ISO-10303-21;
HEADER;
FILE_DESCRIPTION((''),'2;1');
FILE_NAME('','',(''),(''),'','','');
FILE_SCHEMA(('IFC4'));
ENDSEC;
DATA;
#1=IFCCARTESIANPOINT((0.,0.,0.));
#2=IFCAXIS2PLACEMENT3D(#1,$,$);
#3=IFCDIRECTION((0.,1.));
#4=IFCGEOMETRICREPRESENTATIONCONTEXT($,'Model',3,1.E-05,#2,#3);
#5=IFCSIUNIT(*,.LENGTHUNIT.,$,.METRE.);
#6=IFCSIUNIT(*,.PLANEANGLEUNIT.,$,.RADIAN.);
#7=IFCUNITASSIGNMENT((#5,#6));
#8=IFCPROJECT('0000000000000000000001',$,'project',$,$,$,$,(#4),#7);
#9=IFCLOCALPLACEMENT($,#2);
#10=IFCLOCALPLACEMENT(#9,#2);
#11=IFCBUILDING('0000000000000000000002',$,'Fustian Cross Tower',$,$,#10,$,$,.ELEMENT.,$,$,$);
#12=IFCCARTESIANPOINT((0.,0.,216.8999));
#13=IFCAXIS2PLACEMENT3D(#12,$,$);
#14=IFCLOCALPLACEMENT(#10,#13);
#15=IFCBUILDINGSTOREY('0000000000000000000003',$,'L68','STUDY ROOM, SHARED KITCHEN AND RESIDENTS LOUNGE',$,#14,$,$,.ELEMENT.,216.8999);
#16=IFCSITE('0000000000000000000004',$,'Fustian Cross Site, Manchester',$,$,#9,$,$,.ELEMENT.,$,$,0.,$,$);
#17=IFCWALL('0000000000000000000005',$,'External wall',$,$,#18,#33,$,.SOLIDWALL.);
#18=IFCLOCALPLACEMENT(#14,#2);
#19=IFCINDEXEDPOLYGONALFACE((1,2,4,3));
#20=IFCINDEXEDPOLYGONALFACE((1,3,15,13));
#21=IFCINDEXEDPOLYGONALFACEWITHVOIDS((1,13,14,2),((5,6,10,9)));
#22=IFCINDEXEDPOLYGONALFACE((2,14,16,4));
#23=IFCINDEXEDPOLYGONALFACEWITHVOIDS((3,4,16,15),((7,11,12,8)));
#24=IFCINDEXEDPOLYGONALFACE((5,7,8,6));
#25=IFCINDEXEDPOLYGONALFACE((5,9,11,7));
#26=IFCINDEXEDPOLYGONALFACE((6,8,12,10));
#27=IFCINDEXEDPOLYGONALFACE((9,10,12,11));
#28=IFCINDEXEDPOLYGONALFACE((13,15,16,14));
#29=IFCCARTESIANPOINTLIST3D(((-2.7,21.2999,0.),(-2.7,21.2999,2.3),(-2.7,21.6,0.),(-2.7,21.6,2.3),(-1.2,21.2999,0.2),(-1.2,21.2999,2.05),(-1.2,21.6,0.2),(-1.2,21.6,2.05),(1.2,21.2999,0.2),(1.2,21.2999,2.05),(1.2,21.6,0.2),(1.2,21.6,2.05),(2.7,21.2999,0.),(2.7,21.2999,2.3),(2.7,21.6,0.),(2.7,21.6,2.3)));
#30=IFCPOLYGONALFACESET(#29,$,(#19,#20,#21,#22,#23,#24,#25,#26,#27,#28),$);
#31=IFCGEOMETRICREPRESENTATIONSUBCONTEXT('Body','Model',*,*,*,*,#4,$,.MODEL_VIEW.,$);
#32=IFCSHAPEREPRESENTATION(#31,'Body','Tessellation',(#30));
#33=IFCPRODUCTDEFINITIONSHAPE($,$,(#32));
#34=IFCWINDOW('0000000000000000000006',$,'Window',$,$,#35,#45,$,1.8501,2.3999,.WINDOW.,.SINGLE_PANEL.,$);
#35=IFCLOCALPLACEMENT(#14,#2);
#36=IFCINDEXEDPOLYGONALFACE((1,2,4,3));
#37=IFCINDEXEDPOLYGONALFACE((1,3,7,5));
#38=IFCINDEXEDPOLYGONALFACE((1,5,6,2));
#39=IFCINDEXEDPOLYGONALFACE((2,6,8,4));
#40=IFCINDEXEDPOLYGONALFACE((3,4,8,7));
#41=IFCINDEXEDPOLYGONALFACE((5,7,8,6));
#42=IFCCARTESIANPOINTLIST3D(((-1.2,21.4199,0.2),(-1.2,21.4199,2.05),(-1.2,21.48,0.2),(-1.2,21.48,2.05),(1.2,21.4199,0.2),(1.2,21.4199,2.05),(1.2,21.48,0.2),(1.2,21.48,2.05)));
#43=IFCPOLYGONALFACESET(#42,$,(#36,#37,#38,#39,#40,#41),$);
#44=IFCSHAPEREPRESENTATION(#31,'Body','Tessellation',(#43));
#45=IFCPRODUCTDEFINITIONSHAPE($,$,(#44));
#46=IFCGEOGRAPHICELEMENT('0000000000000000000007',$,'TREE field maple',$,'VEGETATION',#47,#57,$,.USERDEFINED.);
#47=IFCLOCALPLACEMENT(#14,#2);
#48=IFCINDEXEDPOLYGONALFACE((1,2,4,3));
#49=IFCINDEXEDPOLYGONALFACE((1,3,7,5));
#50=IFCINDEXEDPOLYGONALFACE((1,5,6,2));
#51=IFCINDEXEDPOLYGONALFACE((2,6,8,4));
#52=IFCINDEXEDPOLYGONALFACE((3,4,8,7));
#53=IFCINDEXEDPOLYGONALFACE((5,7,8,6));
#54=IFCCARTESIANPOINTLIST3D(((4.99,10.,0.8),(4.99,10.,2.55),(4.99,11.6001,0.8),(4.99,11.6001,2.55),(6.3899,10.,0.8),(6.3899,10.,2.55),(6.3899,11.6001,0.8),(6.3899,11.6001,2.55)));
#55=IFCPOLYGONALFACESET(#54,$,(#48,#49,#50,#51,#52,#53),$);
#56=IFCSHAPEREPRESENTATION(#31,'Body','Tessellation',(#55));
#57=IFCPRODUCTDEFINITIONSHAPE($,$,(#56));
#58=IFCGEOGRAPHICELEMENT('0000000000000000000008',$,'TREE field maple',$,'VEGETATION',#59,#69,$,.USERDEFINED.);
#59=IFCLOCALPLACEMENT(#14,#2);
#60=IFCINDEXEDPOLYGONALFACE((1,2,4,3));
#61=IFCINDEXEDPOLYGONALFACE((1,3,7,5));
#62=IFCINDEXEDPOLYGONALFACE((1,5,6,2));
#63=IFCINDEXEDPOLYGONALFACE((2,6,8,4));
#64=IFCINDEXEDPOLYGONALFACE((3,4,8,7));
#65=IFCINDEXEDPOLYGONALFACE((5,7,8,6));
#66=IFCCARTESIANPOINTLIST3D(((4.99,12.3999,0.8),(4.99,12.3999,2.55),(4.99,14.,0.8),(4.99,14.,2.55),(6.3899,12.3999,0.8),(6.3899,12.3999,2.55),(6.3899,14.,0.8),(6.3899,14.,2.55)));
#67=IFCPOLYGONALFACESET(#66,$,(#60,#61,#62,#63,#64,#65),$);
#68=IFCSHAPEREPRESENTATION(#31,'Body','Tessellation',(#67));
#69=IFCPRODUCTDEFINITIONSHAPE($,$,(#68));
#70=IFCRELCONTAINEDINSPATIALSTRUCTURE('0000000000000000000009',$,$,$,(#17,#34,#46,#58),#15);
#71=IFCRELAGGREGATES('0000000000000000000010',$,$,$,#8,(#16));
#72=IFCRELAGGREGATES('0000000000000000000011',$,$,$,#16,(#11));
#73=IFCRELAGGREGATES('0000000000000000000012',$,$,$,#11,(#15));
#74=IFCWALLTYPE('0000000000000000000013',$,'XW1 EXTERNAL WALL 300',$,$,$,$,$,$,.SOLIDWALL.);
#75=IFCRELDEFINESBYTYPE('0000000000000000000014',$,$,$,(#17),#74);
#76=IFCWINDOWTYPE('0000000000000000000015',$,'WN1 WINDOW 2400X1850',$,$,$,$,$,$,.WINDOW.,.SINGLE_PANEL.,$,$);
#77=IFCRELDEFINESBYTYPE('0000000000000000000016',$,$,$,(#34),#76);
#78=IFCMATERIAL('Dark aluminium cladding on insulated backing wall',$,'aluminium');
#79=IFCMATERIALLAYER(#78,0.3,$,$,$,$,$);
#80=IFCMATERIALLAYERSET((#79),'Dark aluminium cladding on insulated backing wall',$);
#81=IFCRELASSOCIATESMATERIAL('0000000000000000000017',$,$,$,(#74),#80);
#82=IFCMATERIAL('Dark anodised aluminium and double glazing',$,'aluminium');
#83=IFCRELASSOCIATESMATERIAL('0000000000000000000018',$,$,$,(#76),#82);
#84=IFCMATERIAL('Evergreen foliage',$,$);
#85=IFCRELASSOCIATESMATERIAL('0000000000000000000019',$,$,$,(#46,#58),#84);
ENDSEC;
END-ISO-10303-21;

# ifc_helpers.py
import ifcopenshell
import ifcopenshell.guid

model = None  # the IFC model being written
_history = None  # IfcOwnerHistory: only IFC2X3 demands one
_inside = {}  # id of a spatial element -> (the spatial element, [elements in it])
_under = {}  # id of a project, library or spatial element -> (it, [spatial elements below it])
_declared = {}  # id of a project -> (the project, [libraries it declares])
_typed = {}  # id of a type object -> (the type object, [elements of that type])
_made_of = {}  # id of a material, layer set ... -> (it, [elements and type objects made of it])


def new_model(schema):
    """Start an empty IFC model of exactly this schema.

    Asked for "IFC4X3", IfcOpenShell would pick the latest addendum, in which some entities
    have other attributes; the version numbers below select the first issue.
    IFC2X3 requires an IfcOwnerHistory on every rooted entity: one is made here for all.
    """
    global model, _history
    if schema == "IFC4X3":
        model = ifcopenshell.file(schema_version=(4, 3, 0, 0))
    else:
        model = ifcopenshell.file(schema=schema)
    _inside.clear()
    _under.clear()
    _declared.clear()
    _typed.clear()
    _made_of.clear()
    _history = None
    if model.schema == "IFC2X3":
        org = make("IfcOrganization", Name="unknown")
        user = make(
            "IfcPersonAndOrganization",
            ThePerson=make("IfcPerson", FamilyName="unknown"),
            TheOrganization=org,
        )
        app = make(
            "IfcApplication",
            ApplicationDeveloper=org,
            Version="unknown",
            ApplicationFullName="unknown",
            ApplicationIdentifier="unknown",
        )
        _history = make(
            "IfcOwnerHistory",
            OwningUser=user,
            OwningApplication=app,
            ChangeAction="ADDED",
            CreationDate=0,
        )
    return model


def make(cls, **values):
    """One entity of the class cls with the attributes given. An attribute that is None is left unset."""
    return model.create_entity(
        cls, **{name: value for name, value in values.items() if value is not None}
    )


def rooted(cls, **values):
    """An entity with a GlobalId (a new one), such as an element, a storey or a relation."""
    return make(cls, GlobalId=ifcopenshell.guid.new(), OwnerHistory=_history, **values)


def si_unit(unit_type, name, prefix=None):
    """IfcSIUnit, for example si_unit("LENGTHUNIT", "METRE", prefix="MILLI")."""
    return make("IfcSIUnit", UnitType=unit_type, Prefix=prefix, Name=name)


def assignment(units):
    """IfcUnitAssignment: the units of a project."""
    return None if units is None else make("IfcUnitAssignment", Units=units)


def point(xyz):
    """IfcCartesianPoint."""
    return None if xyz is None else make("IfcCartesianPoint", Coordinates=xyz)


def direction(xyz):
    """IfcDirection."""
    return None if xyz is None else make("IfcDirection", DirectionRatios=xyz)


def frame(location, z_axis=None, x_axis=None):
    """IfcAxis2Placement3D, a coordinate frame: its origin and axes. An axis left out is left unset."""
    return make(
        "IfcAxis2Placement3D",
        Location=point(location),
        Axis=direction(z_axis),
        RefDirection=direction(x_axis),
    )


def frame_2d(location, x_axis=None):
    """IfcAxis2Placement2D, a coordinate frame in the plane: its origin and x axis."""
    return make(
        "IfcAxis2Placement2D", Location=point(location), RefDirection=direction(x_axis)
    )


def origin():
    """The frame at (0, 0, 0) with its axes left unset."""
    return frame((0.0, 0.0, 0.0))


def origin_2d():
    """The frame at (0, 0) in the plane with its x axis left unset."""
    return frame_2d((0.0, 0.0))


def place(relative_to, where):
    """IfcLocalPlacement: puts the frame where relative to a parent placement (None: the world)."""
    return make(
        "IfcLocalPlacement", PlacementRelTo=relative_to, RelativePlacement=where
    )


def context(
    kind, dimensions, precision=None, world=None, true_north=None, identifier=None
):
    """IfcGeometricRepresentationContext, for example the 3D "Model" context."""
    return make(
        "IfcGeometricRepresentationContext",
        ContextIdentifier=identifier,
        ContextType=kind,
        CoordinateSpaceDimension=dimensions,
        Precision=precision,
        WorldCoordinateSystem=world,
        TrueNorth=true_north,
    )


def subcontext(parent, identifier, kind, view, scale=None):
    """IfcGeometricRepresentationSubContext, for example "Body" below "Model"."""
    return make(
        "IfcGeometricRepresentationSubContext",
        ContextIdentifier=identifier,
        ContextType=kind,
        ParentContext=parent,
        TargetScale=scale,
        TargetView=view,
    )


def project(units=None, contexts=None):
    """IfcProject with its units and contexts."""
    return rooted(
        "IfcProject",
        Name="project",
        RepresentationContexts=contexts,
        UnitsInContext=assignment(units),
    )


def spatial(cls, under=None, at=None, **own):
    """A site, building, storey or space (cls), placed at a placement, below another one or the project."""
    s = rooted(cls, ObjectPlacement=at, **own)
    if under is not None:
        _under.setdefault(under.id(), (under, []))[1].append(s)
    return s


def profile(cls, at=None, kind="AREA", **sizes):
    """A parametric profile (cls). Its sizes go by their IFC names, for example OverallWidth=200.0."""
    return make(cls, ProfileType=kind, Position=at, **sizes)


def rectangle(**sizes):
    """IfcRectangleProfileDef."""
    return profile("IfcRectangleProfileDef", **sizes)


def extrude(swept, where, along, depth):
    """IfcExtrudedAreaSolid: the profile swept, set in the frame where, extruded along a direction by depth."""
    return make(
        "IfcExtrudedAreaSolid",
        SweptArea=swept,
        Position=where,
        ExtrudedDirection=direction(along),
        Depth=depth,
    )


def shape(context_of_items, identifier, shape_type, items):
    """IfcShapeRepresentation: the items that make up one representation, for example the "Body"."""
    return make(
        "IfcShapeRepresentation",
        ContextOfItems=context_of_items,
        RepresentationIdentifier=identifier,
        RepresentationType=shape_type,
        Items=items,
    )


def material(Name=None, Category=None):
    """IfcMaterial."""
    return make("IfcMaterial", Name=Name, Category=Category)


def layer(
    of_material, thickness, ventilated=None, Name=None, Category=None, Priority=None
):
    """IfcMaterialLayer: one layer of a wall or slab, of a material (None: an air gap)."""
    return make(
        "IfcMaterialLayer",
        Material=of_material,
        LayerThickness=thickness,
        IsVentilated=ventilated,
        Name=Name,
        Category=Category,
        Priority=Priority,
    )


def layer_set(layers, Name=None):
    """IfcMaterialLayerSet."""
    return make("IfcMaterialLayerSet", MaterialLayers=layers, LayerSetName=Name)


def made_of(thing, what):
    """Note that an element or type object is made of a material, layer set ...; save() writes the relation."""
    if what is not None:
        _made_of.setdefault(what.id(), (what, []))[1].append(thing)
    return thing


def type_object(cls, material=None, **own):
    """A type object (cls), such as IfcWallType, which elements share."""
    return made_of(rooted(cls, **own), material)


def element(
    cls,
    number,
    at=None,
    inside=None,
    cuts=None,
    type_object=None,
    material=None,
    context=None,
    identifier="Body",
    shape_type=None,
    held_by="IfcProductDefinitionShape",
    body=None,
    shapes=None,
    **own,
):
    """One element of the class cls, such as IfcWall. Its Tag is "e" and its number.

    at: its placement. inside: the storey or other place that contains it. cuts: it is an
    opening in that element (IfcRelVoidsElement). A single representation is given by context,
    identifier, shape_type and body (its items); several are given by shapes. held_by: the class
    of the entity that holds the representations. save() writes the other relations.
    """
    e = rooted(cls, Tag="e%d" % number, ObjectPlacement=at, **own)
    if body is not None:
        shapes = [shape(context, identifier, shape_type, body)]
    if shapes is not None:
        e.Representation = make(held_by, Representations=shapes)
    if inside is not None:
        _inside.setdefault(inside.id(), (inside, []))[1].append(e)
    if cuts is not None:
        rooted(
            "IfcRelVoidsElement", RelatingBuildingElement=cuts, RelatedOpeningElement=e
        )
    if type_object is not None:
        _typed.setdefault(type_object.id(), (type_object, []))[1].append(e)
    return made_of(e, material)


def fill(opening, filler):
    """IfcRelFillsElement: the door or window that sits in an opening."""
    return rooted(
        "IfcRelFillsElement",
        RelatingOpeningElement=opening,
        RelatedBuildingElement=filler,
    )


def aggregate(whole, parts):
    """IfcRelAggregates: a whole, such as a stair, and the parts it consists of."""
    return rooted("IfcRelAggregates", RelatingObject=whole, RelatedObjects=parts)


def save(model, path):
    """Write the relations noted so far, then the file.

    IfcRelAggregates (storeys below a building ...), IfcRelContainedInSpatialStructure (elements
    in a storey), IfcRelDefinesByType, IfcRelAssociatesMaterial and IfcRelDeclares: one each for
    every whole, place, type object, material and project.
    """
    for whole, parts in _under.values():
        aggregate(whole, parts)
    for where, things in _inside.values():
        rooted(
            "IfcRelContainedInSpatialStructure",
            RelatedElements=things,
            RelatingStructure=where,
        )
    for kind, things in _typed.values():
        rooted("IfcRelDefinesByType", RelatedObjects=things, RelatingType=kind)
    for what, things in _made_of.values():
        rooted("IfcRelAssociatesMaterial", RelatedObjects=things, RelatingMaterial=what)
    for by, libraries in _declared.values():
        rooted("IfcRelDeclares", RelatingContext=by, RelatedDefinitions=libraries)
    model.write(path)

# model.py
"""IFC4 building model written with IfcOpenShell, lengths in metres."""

from ifc_helpers import new_model, si_unit, direction, frame, frame_2d, origin, origin_2d, place, context, subcontext, project, spatial, rectangle, extrude, material, layer, layer_set, type_object, element, fill, save


model = new_model("IFC4")

# Units and contexts
model_context = context("Model", 3, precision=1e-05, world=origin(), true_north=direction((0.0, 1.0)))
body_context = subcontext(model_context, "Body", "Model", "MODEL_VIEW")
ifc_project = project(units=[si_unit("LENGTHUNIT", "METRE"), si_unit("PLANEANGLEUNIT", "RADIAN")], contexts=[model_context])

# Site, building, storey
site_placement = place(None, origin())
site = spatial("IfcSite", under=ifc_project, at=site_placement, Name="Fustian Cross Site, Manchester", CompositionType="ELEMENT", RefElevation=0.0)
building_placement = place(site_placement, origin())
building = spatial("IfcBuilding", under=site, at=building_placement, Name="Fustian Cross Tower", CompositionType="ELEMENT")
storey_placement = place(building_placement, frame((0.0, 0.0, 216.8999)))
storey = spatial("IfcBuildingStorey", under=building, at=storey_placement, Name="L68", Description="STUDY ROOM, SHARED KITCHEN AND RESIDENTS LOUNGE", CompositionType="ELEMENT", Elevation=216.8999)

# Shared definitions
ifc_material_1 = material(Name="Dark aluminium cladding on insulated backing wall", Category="aluminium")
ifc_layer_1 = layer(ifc_material_1, 0.3)
ifc_layer_set_1 = layer_set([ifc_layer_1], Name="Dark aluminium cladding on insulated backing wall")
wall_type_1 = type_object("IfcWallType", Name="XW1 EXTERNAL WALL 300", PredefinedType="SOLIDWALL", material=ifc_layer_set_1)

# Wall, opening, window
wall_1_placement = place(storey_placement, frame((2.7, 21.45, 0.0), z_axis=(0.0, 0.0, 1.0), x_axis=(-1.0, 0.0, 0.0)))
wall_1 = element("IfcWall", 1, at=wall_1_placement, inside=storey, type_object=wall_type_1, Name="External wall", PredefinedType="SOLIDWALL", context=body_context, shape_type="SweptSolid", body=[
    extrude(rectangle(XDim=5.3999, YDim=0.3, at=frame_2d((2.7, 0.0))), origin(), (0.0, 0.0, 1.0), 2.3),
])
opening_1_placement = place(wall_1_placement, frame((1.5, 0.0, 0.2)))
opening_1 = element("IfcOpeningElement", 2, at=opening_1_placement, cuts=wall_1, PredefinedType="OPENING", context=body_context, shape_type="SweptSolid", body=[
    extrude(rectangle(XDim=2.3999, YDim=1.8501, at=frame_2d((1.2, 0.925))), frame((0.0, 0.1599, 0.0), z_axis=(0.0, -1.0, 0.0), x_axis=(1.0, 0.0, 0.0)), (0.0, 0.0, 1.0), 0.3201),
])
ifc_material_2 = material(Name="Dark anodised aluminium and double glazing", Category="aluminium")
window_type_1 = type_object("IfcWindowType", Name="WN1 WINDOW 2400X1850", PartitioningType="SINGLE_PANEL", PredefinedType="WINDOW", material=ifc_material_2)
window_1_placement = place(opening_1_placement, origin())
window_1 = element("IfcWindow", 3, at=window_1_placement, inside=storey, type_object=window_type_1, Name="Window", OverallHeight=1.8501, OverallWidth=2.3999, PartitioningType="SINGLE_PANEL", PredefinedType="WINDOW", context=body_context, shape_type="SweptSolid", body=[
    extrude(rectangle(XDim=2.3999, YDim=1.8501, at=frame_2d((1.2, 0.925))), frame((0.0, 0.03, 0.0), z_axis=(0.0, -1.0, 0.0), x_axis=(1.0, 0.0, 0.0)), (0.0, 0.0, 1.0), 0.0601),
])
fill(opening_1, window_1)

# Geographic elements
ifc_material_3 = material(Name="Evergreen foliage")
for number, where, z_axis, x_axis, name in (
    (4, (5.6899, 10.8, 0.8), (0.0, 0.0, 1.0), (1.0, 0.0, 0.0), "TREE field maple"),
    (5, (5.6899, 13.2, 0.8), (0.0, 0.0, 1.0), (1.0, 0.0, 0.0), "TREE field maple"),
):
    element("IfcGeographicElement", number, at=place(storey_placement, frame(where, z_axis=z_axis, x_axis=x_axis)), inside=storey, material=ifc_material_3, Name=name, ObjectType="VEGETATION", PredefinedType="USERDEFINED", context=body_context, shape_type="SweptSolid", body=[
        extrude(rectangle(XDim=1.3999, YDim=1.6001, at=origin_2d()), origin(), (0.0, 0.0, 1.0), 1.75),
    ])

save(model, "model.ifc")
